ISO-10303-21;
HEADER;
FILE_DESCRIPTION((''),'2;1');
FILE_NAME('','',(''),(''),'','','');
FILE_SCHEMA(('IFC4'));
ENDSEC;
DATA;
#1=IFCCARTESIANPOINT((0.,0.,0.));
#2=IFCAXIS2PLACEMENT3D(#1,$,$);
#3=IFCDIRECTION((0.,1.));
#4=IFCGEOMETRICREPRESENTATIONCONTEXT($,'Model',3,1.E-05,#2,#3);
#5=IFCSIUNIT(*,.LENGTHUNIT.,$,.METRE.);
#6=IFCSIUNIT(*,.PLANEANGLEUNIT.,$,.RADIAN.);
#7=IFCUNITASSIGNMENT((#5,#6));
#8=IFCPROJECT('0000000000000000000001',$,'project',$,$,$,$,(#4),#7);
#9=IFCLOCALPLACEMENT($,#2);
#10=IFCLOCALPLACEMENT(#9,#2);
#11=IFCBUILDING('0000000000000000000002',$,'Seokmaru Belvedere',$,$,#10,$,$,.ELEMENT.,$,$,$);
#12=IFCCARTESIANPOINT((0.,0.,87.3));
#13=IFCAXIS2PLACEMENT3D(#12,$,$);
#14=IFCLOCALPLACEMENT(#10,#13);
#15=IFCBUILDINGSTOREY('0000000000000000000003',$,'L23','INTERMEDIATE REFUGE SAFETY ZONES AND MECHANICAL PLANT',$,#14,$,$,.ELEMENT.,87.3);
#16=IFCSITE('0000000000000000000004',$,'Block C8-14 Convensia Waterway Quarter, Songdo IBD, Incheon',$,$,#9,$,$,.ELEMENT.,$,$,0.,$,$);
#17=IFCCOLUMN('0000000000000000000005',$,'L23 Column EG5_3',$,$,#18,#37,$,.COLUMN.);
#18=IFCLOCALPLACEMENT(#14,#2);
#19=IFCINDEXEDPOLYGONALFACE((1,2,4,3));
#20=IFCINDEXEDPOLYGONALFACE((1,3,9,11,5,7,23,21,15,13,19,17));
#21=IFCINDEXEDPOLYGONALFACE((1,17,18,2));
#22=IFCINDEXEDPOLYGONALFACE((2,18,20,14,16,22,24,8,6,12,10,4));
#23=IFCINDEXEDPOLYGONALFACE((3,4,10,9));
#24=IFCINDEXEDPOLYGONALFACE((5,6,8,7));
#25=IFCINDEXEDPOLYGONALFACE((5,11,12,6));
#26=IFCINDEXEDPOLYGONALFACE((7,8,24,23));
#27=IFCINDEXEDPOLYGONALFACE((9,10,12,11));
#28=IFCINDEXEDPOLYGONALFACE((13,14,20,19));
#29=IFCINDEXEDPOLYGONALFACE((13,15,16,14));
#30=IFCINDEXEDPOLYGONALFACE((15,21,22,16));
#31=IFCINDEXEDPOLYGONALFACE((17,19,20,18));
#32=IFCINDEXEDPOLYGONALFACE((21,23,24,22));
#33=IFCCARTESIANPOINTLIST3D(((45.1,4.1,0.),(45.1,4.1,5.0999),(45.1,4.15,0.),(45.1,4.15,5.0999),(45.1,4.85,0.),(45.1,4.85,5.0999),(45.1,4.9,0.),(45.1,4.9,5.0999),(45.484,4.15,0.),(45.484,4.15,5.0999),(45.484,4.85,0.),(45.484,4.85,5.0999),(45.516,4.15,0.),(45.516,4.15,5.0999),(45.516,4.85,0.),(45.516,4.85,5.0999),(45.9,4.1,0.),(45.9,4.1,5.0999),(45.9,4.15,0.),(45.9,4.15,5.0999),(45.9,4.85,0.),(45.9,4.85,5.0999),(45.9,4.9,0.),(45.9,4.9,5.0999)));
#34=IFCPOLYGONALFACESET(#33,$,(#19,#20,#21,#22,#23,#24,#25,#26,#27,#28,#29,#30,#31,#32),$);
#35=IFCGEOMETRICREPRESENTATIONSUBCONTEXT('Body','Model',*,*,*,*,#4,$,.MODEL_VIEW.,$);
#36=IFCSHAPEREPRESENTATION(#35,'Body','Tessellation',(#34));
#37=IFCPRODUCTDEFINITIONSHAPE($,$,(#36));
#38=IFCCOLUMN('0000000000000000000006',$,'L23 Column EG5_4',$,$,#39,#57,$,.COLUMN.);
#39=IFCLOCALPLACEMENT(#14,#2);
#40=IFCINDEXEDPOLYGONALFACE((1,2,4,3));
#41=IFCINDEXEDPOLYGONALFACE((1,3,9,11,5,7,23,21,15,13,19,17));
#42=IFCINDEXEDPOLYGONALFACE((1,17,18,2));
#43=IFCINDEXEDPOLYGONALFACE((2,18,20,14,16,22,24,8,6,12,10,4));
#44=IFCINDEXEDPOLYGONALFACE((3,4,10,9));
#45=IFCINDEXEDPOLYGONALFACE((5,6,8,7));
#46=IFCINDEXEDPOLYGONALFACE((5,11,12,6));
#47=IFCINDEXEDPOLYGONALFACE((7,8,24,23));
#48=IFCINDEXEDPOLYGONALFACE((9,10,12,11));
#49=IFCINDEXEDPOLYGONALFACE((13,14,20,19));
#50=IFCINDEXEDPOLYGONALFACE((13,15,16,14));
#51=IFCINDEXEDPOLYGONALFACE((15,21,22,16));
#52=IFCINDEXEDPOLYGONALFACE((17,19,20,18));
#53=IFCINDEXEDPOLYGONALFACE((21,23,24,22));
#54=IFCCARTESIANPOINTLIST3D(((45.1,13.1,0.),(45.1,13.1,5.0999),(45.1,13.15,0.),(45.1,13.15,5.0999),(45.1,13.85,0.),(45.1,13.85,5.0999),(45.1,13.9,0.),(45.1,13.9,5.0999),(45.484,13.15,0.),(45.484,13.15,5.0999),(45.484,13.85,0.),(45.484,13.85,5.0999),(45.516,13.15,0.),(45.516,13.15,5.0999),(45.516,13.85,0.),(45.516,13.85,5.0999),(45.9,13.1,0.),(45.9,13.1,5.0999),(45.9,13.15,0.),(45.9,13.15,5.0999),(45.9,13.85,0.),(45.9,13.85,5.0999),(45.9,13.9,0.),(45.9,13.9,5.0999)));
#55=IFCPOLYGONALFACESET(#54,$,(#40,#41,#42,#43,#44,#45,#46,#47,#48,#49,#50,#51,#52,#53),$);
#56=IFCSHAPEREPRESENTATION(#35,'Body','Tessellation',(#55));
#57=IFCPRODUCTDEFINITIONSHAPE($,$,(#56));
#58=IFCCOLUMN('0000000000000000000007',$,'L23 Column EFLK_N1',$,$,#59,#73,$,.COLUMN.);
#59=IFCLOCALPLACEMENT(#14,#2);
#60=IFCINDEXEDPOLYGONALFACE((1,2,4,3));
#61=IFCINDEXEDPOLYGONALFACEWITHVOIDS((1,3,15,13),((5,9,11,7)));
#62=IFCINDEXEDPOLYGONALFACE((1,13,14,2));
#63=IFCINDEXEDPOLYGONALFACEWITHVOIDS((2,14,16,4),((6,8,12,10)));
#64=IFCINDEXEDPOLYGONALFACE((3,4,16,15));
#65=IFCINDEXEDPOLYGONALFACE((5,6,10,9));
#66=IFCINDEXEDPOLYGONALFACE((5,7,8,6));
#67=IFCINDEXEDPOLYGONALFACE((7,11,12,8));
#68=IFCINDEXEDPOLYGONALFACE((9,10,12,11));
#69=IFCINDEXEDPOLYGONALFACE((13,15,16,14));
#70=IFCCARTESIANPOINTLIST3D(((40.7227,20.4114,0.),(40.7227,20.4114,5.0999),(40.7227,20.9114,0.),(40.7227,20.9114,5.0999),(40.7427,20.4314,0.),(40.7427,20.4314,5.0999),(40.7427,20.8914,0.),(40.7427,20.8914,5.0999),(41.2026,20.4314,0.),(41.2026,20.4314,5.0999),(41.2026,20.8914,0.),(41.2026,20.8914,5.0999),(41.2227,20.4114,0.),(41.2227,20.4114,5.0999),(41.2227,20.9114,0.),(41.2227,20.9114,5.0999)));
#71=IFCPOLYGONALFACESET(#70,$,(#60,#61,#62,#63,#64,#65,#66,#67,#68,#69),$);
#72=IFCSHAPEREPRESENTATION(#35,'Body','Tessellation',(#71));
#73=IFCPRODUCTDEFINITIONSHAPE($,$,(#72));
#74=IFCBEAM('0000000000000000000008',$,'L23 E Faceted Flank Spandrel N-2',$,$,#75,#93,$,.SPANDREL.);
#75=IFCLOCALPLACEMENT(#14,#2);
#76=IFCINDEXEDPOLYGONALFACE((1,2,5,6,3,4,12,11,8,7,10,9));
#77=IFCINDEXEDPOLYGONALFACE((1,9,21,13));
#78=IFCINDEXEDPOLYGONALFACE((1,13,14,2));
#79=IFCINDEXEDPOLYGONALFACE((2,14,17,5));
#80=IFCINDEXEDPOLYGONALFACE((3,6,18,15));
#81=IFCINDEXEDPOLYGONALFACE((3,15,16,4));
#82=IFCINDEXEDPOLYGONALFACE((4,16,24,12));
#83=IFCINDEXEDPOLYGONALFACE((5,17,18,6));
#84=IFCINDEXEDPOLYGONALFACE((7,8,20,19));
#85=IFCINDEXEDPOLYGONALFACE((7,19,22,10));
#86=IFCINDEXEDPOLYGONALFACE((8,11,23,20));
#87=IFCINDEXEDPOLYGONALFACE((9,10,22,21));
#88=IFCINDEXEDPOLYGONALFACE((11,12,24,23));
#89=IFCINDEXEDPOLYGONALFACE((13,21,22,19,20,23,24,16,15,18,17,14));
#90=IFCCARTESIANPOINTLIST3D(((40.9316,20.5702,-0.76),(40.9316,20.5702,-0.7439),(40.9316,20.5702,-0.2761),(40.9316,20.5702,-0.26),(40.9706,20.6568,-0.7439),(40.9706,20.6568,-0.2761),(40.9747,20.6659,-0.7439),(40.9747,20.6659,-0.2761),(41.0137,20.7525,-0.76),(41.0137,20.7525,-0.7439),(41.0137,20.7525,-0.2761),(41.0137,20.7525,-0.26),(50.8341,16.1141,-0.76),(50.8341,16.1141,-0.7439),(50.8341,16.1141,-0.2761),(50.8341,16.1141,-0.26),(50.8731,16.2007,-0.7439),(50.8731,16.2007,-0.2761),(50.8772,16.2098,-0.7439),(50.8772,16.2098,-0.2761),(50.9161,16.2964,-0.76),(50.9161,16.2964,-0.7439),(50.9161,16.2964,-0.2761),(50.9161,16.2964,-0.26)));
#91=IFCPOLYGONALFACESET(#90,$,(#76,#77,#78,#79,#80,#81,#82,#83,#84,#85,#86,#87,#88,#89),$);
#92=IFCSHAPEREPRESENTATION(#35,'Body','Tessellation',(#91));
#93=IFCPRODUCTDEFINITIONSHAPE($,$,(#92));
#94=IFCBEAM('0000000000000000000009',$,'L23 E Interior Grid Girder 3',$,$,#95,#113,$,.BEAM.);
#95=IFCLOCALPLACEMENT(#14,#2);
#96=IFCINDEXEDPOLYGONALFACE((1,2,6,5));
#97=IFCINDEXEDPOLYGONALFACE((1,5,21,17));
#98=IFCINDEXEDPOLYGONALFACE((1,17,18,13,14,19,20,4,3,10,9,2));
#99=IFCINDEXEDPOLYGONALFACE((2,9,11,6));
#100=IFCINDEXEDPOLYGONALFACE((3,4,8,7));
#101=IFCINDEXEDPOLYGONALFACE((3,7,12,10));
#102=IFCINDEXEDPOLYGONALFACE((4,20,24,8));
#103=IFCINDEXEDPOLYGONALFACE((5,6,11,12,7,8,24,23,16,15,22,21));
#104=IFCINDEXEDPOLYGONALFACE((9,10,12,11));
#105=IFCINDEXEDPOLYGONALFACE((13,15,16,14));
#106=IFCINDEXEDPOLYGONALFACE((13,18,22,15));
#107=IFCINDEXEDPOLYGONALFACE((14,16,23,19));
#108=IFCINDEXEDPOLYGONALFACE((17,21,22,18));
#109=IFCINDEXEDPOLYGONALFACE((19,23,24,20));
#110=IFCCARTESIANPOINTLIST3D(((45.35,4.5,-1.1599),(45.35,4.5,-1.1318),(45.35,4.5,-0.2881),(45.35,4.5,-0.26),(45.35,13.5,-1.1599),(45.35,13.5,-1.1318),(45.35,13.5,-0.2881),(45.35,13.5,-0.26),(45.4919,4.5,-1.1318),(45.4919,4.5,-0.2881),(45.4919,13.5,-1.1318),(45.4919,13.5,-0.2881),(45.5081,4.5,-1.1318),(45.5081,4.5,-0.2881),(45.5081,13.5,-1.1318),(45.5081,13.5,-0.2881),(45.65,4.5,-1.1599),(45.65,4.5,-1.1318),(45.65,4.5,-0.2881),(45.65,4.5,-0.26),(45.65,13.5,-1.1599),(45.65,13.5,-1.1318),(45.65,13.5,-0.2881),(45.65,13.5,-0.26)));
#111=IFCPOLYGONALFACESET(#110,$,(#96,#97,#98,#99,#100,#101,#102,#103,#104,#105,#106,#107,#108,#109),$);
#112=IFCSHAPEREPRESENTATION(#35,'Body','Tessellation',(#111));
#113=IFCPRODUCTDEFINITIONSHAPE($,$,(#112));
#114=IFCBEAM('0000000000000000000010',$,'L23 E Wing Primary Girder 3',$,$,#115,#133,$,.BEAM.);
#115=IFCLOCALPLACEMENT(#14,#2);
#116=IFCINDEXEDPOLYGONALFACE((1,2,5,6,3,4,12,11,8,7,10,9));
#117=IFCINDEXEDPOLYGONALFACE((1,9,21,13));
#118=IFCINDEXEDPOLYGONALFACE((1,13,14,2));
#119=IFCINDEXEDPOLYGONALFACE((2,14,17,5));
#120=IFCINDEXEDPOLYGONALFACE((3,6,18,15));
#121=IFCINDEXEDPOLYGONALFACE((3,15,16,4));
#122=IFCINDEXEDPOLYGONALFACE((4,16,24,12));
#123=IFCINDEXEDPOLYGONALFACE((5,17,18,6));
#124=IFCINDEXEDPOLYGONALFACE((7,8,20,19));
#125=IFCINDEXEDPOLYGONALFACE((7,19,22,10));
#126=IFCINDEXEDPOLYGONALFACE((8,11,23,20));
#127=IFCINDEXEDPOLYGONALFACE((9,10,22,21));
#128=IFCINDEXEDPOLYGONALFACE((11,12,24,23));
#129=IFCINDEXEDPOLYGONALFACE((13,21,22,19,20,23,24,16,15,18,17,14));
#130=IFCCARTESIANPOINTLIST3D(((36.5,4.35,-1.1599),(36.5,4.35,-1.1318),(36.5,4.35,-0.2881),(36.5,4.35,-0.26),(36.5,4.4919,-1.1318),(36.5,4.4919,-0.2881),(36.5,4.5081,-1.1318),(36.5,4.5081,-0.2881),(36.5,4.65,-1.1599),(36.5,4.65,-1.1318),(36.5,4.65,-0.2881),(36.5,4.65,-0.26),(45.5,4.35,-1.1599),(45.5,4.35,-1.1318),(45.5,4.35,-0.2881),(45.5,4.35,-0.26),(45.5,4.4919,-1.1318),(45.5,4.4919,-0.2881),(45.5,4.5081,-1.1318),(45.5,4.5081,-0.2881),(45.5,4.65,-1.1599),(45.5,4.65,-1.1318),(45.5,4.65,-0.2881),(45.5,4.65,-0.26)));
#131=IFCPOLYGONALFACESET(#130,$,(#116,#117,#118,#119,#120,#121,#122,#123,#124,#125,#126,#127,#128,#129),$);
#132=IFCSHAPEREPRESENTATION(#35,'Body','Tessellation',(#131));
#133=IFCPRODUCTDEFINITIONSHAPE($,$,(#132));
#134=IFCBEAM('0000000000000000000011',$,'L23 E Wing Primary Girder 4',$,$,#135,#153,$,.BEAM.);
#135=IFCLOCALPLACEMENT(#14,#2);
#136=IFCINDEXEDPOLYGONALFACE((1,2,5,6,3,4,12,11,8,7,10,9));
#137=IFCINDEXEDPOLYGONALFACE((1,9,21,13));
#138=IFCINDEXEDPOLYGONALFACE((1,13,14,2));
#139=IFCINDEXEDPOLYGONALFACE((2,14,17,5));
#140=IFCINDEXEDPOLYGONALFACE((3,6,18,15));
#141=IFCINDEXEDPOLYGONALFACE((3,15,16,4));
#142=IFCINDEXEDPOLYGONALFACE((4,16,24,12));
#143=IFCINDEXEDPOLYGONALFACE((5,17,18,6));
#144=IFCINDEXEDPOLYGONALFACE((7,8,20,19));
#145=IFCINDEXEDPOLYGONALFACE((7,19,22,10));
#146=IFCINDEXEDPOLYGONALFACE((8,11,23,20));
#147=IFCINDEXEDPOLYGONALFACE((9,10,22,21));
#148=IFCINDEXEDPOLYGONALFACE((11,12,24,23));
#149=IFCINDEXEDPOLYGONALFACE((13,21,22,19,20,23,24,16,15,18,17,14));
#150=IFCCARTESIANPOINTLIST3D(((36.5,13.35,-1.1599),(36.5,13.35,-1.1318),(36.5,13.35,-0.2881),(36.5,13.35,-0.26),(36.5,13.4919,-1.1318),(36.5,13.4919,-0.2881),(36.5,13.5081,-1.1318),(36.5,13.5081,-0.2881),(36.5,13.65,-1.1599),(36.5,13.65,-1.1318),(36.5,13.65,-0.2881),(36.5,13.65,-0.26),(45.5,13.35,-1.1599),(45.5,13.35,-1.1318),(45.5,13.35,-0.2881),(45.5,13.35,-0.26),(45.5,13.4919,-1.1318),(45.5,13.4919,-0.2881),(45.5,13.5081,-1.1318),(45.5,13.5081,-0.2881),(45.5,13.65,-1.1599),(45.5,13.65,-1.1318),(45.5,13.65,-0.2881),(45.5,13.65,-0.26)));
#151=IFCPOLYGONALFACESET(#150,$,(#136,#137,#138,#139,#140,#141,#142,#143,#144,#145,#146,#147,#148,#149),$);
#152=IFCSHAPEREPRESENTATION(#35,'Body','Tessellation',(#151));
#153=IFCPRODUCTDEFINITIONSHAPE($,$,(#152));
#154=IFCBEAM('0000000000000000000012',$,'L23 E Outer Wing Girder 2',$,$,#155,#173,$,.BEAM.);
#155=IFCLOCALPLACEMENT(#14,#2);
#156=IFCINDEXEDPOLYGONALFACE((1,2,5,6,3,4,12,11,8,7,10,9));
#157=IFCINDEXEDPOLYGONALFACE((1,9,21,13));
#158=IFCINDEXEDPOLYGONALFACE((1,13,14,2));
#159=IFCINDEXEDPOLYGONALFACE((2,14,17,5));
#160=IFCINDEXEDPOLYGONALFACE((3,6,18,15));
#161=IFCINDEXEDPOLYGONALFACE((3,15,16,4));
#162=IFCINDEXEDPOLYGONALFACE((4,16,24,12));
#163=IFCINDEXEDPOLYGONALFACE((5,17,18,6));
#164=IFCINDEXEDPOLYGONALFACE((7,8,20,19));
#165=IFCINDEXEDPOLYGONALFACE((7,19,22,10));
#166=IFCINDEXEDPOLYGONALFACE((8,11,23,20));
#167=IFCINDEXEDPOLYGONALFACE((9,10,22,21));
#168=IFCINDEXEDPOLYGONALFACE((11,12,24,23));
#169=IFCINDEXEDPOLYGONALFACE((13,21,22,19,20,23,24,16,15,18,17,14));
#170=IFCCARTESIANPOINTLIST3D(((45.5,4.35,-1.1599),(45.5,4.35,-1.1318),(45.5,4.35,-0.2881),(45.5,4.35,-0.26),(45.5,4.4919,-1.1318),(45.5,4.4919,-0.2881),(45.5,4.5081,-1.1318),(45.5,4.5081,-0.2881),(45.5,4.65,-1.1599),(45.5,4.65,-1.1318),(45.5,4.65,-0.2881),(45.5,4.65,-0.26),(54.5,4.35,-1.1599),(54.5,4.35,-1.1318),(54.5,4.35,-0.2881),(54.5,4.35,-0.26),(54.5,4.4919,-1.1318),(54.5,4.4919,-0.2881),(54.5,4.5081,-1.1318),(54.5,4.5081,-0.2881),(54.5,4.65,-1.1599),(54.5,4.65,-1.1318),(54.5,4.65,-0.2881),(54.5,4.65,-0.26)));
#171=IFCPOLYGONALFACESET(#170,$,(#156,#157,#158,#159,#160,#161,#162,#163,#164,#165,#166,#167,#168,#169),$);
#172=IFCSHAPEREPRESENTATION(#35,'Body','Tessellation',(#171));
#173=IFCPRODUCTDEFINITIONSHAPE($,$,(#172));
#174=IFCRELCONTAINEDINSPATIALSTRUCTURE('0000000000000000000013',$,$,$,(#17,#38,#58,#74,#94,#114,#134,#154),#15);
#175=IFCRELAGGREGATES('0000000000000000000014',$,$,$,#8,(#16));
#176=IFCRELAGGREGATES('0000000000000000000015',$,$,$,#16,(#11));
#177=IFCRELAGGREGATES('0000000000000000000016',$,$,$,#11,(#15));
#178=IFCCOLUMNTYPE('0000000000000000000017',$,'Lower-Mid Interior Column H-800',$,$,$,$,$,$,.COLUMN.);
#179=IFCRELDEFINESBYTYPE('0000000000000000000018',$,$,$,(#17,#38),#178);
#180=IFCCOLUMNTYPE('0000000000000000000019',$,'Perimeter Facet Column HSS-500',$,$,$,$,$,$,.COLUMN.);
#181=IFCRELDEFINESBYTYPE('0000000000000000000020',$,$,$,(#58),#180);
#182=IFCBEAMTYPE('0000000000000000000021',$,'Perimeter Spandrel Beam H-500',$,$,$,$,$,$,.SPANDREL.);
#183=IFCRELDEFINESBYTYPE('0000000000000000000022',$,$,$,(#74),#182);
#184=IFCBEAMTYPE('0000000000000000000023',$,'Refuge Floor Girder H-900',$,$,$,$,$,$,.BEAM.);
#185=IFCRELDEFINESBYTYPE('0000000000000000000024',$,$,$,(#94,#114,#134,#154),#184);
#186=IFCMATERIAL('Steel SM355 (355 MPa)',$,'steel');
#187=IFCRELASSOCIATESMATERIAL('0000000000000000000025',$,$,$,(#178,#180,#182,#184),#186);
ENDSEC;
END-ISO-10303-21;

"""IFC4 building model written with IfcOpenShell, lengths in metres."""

from ifc_helpers import new_model, si_unit, direction, frame, origin, origin_2d, place, context, subcontext, project, spatial, hollow_rectangle, i_section, extrude, source, transform, mapped, material, material_profile, profile_set, type_object, type_shapes, element, save


model = new_model("IFC4")

# Units and contexts
model_context = context("Model", 3, precision=1e-05, world=origin(), true_north=direction((0.0, 1.0)))
body_context = subcontext(model_context, "Body", "Model", "MODEL_VIEW")
ifc_project = project(units=[si_unit("LENGTHUNIT", "METRE"), si_unit("PLANEANGLEUNIT", "RADIAN")], contexts=[model_context])

# Site, building, storey
site_placement = place(None, origin())
site = spatial("IfcSite", under=ifc_project, at=site_placement, Name="Block C8-14 Convensia Waterway Quarter, Songdo IBD, Incheon", CompositionType="ELEMENT", RefElevation=0.0)
building_placement = place(site_placement, origin())
building = spatial("IfcBuilding", under=site, at=building_placement, Name="Seokmaru Belvedere", CompositionType="ELEMENT")
storey_placement = place(building_placement, frame((0.0, 0.0, 87.3)))
storey = spatial("IfcBuildingStorey", under=building, at=storey_placement, Name="L23", Description="INTERMEDIATE REFUGE SAFETY ZONES AND MECHANICAL PLANT", CompositionType="ELEMENT", Elevation=87.3)

# Columns
ifc_material_1 = material(Name="Steel SM355 (355 MPa)", Category="steel")
ifc_material_profile_1 = material_profile(ifc_material_1, i_section(OverallWidth=0.8, OverallDepth=0.8, WebThickness=0.032, FlangeThickness=0.05, at=origin_2d()), Name="H-800x800x32x50")
ifc_profile_set_1 = profile_set([ifc_material_profile_1], Name="Steel SM355 (355 MPa)")
column_type_1 = type_object("IfcColumnType", Name="Lower-Mid Interior Column H-800", PredefinedType="COLUMN", material=ifc_profile_set_1)
shared_shape_1 = source(origin(), body_context, "Body", "SweptSolid", [
    extrude(i_section(OverallWidth=0.8, OverallDepth=0.8, WebThickness=0.032, FlangeThickness=0.05, at=origin_2d()), origin(), (0.0, 0.0, 1.0), 5.0999),
])
type_shapes(column_type_1, [shared_shape_1])
for number, where, z_axis, x_axis, name in (
    (1, (45.5, 4.5, 0.0), (0.0, 0.0, 1.0), (1.0, 0.0, 0.0), "L23 Column EG5_3"),
    (2, (45.5, 13.5, 0.0), (0.0, 0.0, 1.0), (1.0, 0.0, 0.0), "L23 Column EG5_4"),
):
    element("IfcColumn", number, at=place(storey_placement, frame(where, z_axis=z_axis, x_axis=x_axis)), inside=storey, type_object=column_type_1, Name=name, PredefinedType="COLUMN", context=body_context, shape_type="MappedRepresentation", body=[
        mapped(shared_shape_1, transform((0.0, 0.0, 0.0), scale=1.0)),
    ])
ifc_material_profile_2 = material_profile(ifc_material_1, hollow_rectangle(XDim=0.5, YDim=0.5, WallThickness=0.02, at=origin_2d()), Name="HSS-500x500x20")
ifc_profile_set_2 = profile_set([ifc_material_profile_2], Name="Steel SM355 (355 MPa)")
column_type_2 = type_object("IfcColumnType", Name="Perimeter Facet Column HSS-500", PredefinedType="COLUMN", material=ifc_profile_set_2)
shared_shape_2 = source(origin(), body_context, "Body", "SweptSolid", [
    extrude(hollow_rectangle(XDim=0.5, YDim=0.5, WallThickness=0.02, at=origin_2d()), origin(), (0.0, 0.0, 1.0), 5.0999),
])
type_shapes(column_type_2, [shared_shape_2])
column_placement = place(storey_placement, frame((40.9727, 20.6614, 0.0), z_axis=(0.0, 0.0, 1.0), x_axis=(1.0, 0.0, 0.0)))
element("IfcColumn", 3, at=column_placement, inside=storey, type_object=column_type_2, Name="L23 Column EFLK_N1", PredefinedType="COLUMN", context=body_context, shape_type="MappedRepresentation", body=[
    mapped(shared_shape_2, transform((0.0, 0.0, 0.0), scale=1.0)),
])

# Beams
ifc_material_profile_3 = material_profile(ifc_material_1, i_section(OverallWidth=0.2, OverallDepth=0.5, WebThickness=0.01, FlangeThickness=0.0161, at=origin_2d()), Name="H-500x200x10x16")
ifc_profile_set_3 = profile_set([ifc_material_profile_3], Name="Steel SM355 (355 MPa)")
beam_type_1 = type_object("IfcBeamType", Name="Perimeter Spandrel Beam H-500", PredefinedType="SPANDREL", material=ifc_profile_set_3)
shared_shape_3 = source(origin(), body_context, "Body", "SweptSolid", [
    extrude(i_section(OverallWidth=0.2, OverallDepth=0.5, WebThickness=0.01, FlangeThickness=0.0161, at=origin_2d()), origin(), (0.0, 0.0, 1.0), 10.8589),
])
type_shapes(beam_type_1, [shared_shape_3])
beam_1_placement = place(storey_placement, frame((40.9727, 20.6614, -0.51), z_axis=(0.911922, -0.410365, 0.0), x_axis=(0.410365, 0.911922, 0.0)))
element("IfcBeam", 4, at=beam_1_placement, inside=storey, type_object=beam_type_1, Name="L23 E Faceted Flank Spandrel N-2", PredefinedType="SPANDREL", context=body_context, shape_type="MappedRepresentation", body=[
    mapped(shared_shape_3, transform((0.0, 0.0, 0.0), scale=1.0)),
])
ifc_material_profile_4 = material_profile(ifc_material_1, i_section(OverallWidth=0.3, OverallDepth=0.8999, WebThickness=0.0161, FlangeThickness=0.0281, at=origin_2d()), Name="H-900x300x16x28")
ifc_profile_set_4 = profile_set([ifc_material_profile_4], Name="Steel SM355 (355 MPa)")
beam_type_2 = type_object("IfcBeamType", Name="Refuge Floor Girder H-900", PredefinedType="BEAM", material=ifc_profile_set_4)
shared_shape_4 = source(origin(), body_context, "Body", "SweptSolid", [
    extrude(i_section(OverallWidth=0.3, OverallDepth=0.8999, WebThickness=0.0161, FlangeThickness=0.0281, at=origin_2d()), origin(), (0.0, 0.0, 1.0), 9.0),
])
for number, where, z_axis, x_axis, name in (
    (5, (45.5, 4.5, -0.71), (0.0, 1.0, 0.0), (-1.0, 0.0, 0.0), "L23 E Interior Grid Girder 3"),
    (6, (36.5, 4.5, -0.71), (1.0, 0.0, 0.0), (0.0, 1.0, 0.0), "L23 E Wing Primary Girder 3"),
    (7, (36.5, 13.5, -0.71), (1.0, 0.0, 0.0), (0.0, 1.0, 0.0), "L23 E Wing Primary Girder 4"),
    (8, (45.5, 4.5, -0.71), (1.0, 0.0, 0.0), (0.0, 1.0, 0.0), "L23 E Outer Wing Girder 2"),
):
    element("IfcBeam", number, at=place(storey_placement, frame(where, z_axis=z_axis, x_axis=x_axis)), inside=storey, type_object=beam_type_2, Name=name, PredefinedType="BEAM", context=body_context, shape_type="MappedRepresentation", body=[
        mapped(shared_shape_4, transform((0.0, 0.0, 0.0), scale=1.0)),
    ])

save(model, "model.ifc")
